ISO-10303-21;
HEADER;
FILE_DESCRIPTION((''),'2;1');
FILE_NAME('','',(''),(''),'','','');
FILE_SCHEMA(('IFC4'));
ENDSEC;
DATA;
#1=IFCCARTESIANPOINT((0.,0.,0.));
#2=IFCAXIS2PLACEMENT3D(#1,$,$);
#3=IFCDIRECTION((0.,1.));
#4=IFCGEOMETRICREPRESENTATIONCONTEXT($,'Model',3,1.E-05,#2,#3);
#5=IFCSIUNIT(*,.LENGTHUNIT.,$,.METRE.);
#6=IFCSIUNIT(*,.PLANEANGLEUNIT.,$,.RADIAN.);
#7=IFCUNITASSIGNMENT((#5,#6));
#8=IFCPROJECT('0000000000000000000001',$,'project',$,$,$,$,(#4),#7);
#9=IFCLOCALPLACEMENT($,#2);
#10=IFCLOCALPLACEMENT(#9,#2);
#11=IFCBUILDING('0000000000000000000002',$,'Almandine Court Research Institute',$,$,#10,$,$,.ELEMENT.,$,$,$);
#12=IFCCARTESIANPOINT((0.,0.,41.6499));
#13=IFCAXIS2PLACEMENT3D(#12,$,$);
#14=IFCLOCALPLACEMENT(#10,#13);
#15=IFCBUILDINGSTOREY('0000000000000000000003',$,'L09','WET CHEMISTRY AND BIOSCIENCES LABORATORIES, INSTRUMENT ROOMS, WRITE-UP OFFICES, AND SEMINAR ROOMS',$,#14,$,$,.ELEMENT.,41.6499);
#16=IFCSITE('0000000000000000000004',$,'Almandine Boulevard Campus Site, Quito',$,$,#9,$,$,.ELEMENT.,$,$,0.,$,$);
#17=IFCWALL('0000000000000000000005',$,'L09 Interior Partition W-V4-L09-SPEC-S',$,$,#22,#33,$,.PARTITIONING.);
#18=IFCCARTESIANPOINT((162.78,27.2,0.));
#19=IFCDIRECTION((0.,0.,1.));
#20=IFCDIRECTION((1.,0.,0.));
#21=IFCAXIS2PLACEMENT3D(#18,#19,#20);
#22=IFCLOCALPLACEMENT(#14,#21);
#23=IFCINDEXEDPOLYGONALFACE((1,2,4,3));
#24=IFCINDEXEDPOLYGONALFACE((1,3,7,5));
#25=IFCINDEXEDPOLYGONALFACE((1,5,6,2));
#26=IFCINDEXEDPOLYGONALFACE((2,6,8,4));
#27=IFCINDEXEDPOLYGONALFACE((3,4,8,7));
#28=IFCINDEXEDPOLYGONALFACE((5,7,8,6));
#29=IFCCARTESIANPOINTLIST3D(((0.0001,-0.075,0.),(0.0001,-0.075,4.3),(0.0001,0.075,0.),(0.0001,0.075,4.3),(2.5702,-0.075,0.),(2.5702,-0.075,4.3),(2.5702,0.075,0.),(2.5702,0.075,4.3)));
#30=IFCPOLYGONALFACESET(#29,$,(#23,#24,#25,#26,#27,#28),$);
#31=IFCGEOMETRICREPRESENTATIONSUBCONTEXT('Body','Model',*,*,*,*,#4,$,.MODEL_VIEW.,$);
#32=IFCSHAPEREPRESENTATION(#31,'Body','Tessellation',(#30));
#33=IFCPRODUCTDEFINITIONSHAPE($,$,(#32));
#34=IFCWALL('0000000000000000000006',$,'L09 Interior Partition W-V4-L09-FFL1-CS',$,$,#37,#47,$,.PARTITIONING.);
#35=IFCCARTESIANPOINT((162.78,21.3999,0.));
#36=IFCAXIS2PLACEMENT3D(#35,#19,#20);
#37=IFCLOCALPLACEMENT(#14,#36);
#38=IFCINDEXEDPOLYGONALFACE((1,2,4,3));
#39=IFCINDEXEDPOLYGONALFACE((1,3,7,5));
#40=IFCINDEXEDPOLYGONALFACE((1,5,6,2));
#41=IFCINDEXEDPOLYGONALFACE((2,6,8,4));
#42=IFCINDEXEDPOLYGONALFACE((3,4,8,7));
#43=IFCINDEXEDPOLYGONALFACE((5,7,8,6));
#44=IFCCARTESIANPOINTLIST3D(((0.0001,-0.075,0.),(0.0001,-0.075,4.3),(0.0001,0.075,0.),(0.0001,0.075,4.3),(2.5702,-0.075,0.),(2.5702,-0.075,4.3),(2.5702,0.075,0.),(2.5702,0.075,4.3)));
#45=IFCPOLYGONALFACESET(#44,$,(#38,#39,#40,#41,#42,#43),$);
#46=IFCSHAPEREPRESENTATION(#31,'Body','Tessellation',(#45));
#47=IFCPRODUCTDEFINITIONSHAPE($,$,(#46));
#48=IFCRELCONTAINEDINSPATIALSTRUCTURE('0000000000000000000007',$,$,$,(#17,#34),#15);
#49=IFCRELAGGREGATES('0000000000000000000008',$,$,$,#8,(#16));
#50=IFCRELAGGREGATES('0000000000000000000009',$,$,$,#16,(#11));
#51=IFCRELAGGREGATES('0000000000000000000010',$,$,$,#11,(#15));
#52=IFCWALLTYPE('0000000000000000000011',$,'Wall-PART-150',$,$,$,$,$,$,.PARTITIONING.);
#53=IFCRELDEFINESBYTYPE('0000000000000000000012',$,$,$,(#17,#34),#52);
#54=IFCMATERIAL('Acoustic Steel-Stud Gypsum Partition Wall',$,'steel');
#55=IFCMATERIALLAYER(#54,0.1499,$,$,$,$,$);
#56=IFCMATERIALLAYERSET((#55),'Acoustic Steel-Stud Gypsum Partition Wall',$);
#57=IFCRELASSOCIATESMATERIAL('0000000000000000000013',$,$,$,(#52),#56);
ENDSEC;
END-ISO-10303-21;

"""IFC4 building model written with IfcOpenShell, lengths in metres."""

from ifc_helpers import new_model, si_unit, direction, frame, frame_2d, origin, place, context, subcontext, project, spatial, rectangle, extrude, material, layer, layer_set, type_object, element, save


model = new_model("IFC4")

# Units and contexts
model_context = context("Model", 3, precision=1e-05, world=origin(), true_north=direction((0.0, 1.0)))
body_context = subcontext(model_context, "Body", "Model", "MODEL_VIEW")
ifc_project = project(units=[si_unit("LENGTHUNIT", "METRE"), si_unit("PLANEANGLEUNIT", "RADIAN")], contexts=[model_context])

# Site, building, storey
site_placement = place(None, origin())
site = spatial("IfcSite", under=ifc_project, at=site_placement, Name="Almandine Boulevard Campus Site, Quito", CompositionType="ELEMENT", RefElevation=0.0)
building_placement = place(site_placement, origin())
building = spatial("IfcBuilding", under=site, at=building_placement, Name="Almandine Court Research Institute", CompositionType="ELEMENT")
storey_placement = place(building_placement, frame((0.0, 0.0, 41.6499)))
storey = spatial("IfcBuildingStorey", under=building, at=storey_placement, Name="L09", Description="WET CHEMISTRY AND BIOSCIENCES LABORATORIES, INSTRUMENT ROOMS, WRITE-UP OFFICES, AND SEMINAR ROOMS", CompositionType="ELEMENT", Elevation=41.6499)

# Shared definitions
ifc_material_1 = material(Name="Acoustic Steel-Stud Gypsum Partition Wall", Category="steel")
ifc_layer_1 = layer(ifc_material_1, 0.1499)
ifc_layer_set_1 = layer_set([ifc_layer_1], Name="Acoustic Steel-Stud Gypsum Partition Wall")
wall_type_1 = type_object("IfcWallType", Name="Wall-PART-150", PredefinedType="PARTITIONING", material=ifc_layer_set_1)

# Wall
wall_1_placement = place(storey_placement, frame((162.78, 27.2, 0.0), z_axis=(0.0, 0.0, 1.0), x_axis=(1.0, 0.0, 0.0)))
element("IfcWall", 1, at=wall_1_placement, inside=storey, type_object=wall_type_1, Name="L09 Interior Partition W-V4-L09-SPEC-S", PredefinedType="PARTITIONING", context=body_context, shape_type="SweptSolid", body=[
    extrude(rectangle(XDim=2.5701, YDim=0.1499, at=frame_2d((1.2852, 0.0))), origin(), (0.0, 0.0, 1.0), 4.3),
])

# Wall
wall_2_placement = place(storey_placement, frame((162.78, 21.3999, 0.0), z_axis=(0.0, 0.0, 1.0), x_axis=(1.0, 0.0, 0.0)))
element("IfcWall", 2, at=wall_2_placement, inside=storey, type_object=wall_type_1, Name="L09 Interior Partition W-V4-L09-FFL1-CS", PredefinedType="PARTITIONING", context=body_context, shape_type="SweptSolid", body=[
    extrude(rectangle(XDim=2.5701, YDim=0.1499, at=frame_2d((1.2852, 0.0))), origin(), (0.0, 0.0, 1.0), 4.3),
])

save(model, "model.ifc")
